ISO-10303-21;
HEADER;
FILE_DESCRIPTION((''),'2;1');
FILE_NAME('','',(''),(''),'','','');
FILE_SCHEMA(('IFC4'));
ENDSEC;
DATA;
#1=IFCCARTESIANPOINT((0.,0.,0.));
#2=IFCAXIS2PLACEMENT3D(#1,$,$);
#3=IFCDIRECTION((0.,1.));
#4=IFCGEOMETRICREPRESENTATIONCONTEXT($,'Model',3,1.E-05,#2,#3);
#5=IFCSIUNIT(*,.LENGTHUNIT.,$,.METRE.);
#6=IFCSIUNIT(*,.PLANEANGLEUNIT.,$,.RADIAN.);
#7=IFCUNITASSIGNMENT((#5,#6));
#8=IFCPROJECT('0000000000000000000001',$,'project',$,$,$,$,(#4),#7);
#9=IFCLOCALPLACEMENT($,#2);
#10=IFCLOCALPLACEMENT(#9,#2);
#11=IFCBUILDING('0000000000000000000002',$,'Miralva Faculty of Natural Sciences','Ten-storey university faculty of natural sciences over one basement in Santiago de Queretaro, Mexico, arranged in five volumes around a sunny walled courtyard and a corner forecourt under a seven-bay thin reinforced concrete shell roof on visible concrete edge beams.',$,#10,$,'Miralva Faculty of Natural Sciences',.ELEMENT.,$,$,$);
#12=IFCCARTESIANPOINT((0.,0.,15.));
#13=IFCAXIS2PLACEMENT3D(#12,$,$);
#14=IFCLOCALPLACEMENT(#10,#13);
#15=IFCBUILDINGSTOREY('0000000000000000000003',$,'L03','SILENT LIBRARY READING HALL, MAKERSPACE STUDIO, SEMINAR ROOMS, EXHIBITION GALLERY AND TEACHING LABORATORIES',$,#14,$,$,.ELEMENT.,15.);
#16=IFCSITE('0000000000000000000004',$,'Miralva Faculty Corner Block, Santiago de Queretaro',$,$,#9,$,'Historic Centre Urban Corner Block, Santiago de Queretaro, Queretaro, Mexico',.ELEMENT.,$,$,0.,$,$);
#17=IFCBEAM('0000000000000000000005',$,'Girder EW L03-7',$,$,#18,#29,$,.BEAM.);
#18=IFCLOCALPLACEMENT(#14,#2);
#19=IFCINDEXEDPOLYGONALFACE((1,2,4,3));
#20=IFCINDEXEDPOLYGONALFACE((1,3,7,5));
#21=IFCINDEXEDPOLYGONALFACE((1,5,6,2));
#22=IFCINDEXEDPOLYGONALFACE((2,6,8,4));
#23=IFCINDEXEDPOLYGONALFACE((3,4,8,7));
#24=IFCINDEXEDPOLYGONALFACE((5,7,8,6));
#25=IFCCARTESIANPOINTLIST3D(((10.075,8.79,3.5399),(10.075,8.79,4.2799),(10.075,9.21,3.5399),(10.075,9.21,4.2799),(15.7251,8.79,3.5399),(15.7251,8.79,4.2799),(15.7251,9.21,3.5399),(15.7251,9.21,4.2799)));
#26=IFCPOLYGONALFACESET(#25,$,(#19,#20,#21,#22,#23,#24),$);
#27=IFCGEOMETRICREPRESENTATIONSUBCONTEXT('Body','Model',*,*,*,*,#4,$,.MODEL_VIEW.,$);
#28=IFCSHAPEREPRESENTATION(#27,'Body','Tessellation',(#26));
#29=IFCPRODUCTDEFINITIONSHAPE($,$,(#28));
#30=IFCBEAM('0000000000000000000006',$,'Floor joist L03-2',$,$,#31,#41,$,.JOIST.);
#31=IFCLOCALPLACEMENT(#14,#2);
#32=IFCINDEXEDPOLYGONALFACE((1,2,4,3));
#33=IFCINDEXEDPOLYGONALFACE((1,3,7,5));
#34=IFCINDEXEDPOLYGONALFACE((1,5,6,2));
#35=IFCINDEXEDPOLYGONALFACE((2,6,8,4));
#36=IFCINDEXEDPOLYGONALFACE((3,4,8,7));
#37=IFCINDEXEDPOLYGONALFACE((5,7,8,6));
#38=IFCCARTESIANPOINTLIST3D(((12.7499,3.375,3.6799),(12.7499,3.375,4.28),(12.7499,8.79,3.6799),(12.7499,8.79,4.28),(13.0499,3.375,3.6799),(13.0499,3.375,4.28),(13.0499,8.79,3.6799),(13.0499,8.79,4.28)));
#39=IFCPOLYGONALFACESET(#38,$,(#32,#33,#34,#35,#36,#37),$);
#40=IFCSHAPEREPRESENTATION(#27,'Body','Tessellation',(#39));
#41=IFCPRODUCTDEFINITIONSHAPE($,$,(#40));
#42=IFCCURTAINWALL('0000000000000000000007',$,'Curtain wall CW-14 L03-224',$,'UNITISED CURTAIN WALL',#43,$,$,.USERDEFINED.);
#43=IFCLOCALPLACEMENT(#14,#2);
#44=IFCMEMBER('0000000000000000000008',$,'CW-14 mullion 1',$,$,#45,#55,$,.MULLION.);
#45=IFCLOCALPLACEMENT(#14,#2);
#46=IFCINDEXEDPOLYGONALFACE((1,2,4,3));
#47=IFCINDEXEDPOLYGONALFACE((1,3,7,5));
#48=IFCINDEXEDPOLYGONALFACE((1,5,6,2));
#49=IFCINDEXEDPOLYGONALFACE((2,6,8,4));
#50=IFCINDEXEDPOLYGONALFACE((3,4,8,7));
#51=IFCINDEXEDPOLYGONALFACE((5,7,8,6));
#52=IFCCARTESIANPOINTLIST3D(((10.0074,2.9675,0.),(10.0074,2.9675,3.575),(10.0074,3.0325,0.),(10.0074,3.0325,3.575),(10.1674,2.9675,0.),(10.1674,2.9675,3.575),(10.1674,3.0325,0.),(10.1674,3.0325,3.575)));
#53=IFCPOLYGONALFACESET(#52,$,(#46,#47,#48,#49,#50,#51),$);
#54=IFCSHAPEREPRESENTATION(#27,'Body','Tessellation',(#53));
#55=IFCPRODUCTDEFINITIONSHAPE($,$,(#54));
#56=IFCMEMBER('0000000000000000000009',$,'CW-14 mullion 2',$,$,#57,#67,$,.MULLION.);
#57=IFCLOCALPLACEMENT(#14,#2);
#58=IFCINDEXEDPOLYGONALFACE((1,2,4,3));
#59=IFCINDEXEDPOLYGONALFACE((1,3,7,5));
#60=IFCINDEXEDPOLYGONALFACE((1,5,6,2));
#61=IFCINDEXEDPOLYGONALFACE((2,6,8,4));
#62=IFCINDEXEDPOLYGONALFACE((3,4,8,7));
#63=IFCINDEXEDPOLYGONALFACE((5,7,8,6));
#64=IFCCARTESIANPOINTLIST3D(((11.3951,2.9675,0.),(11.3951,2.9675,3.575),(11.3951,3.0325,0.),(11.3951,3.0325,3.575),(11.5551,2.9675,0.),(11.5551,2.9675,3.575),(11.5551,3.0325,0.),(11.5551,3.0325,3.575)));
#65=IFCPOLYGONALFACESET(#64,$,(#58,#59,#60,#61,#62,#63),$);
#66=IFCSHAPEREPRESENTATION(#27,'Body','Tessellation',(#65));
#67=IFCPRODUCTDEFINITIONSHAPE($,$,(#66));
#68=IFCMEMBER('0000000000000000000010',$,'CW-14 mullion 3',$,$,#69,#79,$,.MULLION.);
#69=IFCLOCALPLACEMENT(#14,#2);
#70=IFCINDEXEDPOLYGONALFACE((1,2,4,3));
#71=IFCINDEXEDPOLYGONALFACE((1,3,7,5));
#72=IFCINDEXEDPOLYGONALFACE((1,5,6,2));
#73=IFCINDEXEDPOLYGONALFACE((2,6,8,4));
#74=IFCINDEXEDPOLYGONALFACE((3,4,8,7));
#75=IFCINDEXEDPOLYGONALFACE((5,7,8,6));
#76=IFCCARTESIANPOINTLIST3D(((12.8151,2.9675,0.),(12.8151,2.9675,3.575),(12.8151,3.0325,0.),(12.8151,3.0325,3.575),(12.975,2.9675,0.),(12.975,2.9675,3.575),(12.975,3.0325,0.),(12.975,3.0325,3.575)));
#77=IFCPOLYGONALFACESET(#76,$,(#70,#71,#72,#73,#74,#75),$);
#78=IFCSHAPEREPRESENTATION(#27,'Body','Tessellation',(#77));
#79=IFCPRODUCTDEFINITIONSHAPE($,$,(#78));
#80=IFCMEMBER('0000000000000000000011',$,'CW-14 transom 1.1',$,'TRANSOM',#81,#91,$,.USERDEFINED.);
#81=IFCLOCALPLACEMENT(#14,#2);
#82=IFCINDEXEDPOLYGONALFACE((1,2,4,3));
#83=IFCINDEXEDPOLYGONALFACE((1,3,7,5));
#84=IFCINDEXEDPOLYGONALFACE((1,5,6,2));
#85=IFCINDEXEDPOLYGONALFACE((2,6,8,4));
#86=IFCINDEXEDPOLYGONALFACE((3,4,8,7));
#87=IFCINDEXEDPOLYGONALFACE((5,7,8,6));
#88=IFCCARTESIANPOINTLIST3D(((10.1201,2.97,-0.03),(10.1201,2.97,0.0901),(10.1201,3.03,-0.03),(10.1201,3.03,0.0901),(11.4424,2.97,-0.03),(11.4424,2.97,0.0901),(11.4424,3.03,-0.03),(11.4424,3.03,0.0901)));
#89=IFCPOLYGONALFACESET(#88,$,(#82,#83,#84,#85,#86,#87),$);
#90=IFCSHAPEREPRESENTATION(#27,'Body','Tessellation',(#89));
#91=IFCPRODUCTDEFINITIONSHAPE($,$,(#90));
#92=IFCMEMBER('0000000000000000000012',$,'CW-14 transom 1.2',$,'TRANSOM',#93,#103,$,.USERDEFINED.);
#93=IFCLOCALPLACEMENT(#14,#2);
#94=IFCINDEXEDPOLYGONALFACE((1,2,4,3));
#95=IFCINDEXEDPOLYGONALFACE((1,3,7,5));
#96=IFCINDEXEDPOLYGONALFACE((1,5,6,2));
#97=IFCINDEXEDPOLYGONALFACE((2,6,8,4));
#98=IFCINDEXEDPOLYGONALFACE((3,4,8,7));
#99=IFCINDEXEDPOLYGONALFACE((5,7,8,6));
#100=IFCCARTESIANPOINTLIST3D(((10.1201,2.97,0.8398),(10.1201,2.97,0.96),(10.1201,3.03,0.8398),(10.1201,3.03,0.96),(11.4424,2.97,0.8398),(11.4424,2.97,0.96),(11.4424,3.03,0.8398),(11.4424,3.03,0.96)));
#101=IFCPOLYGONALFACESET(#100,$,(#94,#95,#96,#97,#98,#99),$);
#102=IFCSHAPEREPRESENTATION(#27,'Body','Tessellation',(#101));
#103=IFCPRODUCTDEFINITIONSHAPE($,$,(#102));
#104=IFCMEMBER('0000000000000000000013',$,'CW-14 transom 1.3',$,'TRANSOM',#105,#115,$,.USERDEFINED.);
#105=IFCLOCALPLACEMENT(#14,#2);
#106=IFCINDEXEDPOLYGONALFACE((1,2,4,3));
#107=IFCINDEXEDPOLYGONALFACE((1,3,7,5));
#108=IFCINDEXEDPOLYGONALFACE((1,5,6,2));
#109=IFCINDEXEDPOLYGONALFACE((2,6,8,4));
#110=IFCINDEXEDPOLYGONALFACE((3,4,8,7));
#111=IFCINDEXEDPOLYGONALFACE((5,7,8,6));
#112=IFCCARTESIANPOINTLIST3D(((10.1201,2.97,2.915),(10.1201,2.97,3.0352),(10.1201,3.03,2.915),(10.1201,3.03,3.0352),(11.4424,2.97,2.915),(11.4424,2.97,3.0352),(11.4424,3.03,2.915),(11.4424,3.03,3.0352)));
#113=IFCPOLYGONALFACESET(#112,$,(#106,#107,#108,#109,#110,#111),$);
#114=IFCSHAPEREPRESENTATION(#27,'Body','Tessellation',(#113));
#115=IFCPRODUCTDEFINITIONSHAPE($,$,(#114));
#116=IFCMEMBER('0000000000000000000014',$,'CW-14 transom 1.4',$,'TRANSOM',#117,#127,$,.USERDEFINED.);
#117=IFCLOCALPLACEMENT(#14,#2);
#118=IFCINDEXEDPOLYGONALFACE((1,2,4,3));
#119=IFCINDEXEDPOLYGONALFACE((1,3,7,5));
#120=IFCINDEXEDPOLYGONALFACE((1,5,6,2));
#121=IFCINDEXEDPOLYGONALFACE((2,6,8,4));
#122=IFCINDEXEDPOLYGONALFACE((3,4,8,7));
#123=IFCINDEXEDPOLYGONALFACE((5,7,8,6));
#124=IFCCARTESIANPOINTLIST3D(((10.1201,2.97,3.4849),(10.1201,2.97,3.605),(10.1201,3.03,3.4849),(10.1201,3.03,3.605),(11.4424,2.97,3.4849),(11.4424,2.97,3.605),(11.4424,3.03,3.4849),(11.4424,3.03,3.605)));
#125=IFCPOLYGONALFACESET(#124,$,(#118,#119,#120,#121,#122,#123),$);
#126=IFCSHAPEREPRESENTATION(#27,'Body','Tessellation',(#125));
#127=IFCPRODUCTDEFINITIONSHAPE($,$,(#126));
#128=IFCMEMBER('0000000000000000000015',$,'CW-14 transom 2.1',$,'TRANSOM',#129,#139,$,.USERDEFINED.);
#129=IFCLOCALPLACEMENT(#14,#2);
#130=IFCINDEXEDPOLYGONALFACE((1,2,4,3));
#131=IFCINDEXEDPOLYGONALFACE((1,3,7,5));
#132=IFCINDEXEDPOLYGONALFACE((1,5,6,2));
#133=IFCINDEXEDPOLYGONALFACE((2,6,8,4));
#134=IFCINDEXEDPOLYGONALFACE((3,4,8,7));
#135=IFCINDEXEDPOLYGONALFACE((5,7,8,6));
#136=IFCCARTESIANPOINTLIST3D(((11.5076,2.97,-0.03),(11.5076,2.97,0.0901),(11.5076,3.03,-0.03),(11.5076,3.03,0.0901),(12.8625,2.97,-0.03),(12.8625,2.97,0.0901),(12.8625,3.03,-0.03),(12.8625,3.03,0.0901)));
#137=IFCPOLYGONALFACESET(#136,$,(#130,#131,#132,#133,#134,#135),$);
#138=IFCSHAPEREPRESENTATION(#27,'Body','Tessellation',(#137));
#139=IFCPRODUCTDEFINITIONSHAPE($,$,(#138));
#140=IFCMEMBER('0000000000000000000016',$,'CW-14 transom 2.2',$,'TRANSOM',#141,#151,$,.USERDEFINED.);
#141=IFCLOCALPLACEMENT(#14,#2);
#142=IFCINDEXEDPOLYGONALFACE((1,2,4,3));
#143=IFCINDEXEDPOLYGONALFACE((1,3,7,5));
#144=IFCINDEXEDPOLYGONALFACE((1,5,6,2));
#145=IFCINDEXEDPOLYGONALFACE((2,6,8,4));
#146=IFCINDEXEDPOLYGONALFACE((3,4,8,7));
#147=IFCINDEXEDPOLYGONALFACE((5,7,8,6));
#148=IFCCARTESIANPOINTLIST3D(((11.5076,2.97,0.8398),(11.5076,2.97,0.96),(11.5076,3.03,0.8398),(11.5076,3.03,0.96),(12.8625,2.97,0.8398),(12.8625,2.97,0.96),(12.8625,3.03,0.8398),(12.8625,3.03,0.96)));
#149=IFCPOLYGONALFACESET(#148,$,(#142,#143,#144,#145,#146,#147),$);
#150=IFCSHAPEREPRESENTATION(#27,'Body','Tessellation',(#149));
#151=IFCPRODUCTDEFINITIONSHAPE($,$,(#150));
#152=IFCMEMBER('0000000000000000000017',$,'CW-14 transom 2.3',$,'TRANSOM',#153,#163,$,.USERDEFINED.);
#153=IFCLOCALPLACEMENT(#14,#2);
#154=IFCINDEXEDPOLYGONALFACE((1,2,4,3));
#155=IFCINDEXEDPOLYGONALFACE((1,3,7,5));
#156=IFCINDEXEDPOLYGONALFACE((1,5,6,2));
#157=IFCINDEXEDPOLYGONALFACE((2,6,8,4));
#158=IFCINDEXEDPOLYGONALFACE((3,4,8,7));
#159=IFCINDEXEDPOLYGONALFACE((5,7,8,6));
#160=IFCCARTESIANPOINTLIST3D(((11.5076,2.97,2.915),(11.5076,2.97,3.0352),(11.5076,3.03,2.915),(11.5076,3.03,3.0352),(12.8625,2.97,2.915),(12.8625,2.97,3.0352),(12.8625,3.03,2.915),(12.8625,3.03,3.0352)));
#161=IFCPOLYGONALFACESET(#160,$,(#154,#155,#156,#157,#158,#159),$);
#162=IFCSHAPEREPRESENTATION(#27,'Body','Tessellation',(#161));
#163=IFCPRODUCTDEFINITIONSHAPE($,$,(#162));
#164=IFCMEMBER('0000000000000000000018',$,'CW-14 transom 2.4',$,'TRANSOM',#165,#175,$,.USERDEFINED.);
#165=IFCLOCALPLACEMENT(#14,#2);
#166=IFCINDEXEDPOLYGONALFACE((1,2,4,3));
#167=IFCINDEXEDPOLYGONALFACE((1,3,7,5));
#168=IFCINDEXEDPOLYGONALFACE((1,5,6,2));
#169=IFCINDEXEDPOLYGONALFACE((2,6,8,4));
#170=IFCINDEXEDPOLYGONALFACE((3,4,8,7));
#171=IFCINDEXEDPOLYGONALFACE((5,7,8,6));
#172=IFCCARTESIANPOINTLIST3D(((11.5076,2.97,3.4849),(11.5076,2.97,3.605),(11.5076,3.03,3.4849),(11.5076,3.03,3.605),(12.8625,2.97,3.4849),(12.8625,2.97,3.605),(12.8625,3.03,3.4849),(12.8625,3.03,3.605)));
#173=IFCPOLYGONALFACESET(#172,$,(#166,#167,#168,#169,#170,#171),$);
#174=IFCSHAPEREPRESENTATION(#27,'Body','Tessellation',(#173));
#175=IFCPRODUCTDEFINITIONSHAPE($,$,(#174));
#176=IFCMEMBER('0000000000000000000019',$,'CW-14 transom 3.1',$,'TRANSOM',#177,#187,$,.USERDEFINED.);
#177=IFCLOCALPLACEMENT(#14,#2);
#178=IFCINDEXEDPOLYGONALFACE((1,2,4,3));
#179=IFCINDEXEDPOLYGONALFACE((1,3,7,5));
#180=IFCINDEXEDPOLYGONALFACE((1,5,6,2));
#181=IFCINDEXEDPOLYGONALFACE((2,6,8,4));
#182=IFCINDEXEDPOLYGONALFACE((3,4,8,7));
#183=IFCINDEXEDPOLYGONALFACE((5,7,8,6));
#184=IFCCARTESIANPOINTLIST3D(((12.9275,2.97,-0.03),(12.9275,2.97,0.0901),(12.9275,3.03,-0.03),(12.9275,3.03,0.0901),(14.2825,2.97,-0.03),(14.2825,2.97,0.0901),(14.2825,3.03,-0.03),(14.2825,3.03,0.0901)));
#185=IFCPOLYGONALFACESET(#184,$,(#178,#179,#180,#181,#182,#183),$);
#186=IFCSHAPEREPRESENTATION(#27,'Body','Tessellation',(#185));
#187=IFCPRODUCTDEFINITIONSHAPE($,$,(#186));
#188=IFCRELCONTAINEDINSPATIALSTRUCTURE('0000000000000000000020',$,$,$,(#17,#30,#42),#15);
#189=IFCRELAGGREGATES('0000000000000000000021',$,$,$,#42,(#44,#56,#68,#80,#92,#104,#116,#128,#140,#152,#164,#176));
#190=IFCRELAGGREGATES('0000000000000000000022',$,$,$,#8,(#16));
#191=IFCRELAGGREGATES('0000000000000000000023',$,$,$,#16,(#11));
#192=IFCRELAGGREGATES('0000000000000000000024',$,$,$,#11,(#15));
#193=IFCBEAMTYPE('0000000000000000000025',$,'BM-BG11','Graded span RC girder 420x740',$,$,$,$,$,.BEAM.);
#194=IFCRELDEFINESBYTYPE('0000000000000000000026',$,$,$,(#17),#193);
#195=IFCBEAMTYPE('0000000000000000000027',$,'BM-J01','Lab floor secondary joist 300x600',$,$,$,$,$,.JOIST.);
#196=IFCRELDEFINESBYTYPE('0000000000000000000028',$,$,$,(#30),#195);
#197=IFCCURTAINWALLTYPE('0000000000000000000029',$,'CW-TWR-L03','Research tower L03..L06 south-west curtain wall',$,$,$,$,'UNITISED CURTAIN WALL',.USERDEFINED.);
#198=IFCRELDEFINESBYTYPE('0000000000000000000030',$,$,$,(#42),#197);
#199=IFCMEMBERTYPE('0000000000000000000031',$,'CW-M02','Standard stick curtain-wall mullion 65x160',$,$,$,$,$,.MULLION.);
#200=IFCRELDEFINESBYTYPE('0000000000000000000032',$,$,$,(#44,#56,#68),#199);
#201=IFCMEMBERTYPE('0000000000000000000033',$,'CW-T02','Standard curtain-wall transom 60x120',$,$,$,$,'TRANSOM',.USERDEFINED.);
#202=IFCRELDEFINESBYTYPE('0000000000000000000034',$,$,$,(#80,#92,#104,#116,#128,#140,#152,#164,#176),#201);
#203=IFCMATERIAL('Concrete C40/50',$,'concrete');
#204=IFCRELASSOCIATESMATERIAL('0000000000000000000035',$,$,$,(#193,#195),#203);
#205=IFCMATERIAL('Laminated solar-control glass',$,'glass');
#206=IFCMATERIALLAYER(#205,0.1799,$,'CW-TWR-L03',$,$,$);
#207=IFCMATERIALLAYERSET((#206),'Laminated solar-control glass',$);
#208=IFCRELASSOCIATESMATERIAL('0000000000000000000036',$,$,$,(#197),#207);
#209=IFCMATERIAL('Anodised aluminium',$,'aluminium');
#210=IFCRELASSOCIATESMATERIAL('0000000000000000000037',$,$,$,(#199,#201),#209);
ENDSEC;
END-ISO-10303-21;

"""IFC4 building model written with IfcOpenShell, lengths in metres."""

from ifc_helpers import new_model, si_unit, direction, frame, origin, origin_2d, place, context, subcontext, project, spatial, rectangle, extrude, material, layer, layer_set, material_profile, profile_set, type_object, element, aggregate, save


model = new_model("IFC4")

# Units and contexts
model_context = context("Model", 3, precision=1e-05, world=origin(), true_north=direction((0.0, 1.0)))
body_context = subcontext(model_context, "Body", "Model", "MODEL_VIEW")
ifc_project = project(units=[si_unit("LENGTHUNIT", "METRE"), si_unit("PLANEANGLEUNIT", "RADIAN")], contexts=[model_context])

# Site, building, storey
site_placement = place(None, origin())
site = spatial("IfcSite", under=ifc_project, at=site_placement, Name="Miralva Faculty Corner Block, Santiago de Queretaro", LongName="Historic Centre Urban Corner Block, Santiago de Queretaro, Queretaro, Mexico", CompositionType="ELEMENT", RefElevation=0.0)
building_placement = place(site_placement, origin())
building = spatial("IfcBuilding", under=site, at=building_placement, Name="Miralva Faculty of Natural Sciences", Description="Ten-storey university faculty of natural sciences over one basement in Santiago de Queretaro, Mexico, arranged in five volumes around a sunny walled courtyard and a corner forecourt under a seven-bay thin reinforced concrete shell roof on visible concrete edge beams.", LongName="Miralva Faculty of Natural Sciences", CompositionType="ELEMENT")
storey_placement = place(building_placement, frame((0.0, 0.0, 15.0)))
storey = spatial("IfcBuildingStorey", under=building, at=storey_placement, Name="L03", Description="SILENT LIBRARY READING HALL, MAKERSPACE STUDIO, SEMINAR ROOMS, EXHIBITION GALLERY AND TEACHING LABORATORIES", CompositionType="ELEMENT", Elevation=15.0)

# Beams
ifc_material_1 = material(Name="Concrete C40/50", Category="concrete")
ifc_material_profile_1 = material_profile(ifc_material_1, rectangle(XDim=0.4199, YDim=0.74, at=origin_2d()), Name="RC 420x740")
ifc_profile_set_1 = profile_set([ifc_material_profile_1], Name="Concrete C40/50")
beam_type_1 = type_object("IfcBeamType", Name="BM-BG11", Description="Graded span RC girder 420x740", PredefinedType="BEAM", material=ifc_profile_set_1)
beam_1_placement = place(storey_placement, frame((10.075, 9.0, 3.9099), z_axis=(1.0, 0.0, 0.0), x_axis=(0.0, 1.0, 0.0)))
element("IfcBeam", 1, at=beam_1_placement, inside=storey, type_object=beam_type_1, Name="Girder EW L03-7", PredefinedType="BEAM", context=body_context, shape_type="SweptSolid", body=[
    extrude(rectangle(XDim=0.4199, YDim=0.74, at=origin_2d()), origin(), (0.0, 0.0, 1.0), 5.6501),
])
ifc_material_profile_2 = material_profile(ifc_material_1, rectangle(XDim=0.3, YDim=0.6001, at=origin_2d()), Name="RC 300x600")
ifc_profile_set_2 = profile_set([ifc_material_profile_2], Name="Concrete C40/50")
beam_type_2 = type_object("IfcBeamType", Name="BM-J01", Description="Lab floor secondary joist 300x600", PredefinedType="JOIST", material=ifc_profile_set_2)
beam_2_placement = place(storey_placement, frame((12.8999, 3.375, 3.98), z_axis=(0.0, 1.0, 0.0), x_axis=(-1.0, 0.0, 0.0)))
element("IfcBeam", 2, at=beam_2_placement, inside=storey, type_object=beam_type_2, Name="Floor joist L03-2", PredefinedType="JOIST", context=body_context, shape_type="SweptSolid", body=[
    extrude(rectangle(XDim=0.3, YDim=0.6001, at=origin_2d()), origin(), (0.0, 0.0, 1.0), 5.415),
])

# Curtain wall, members
ifc_material_2 = material(Name="Laminated solar-control glass", Category="glass")
ifc_layer_1 = layer(ifc_material_2, 0.1799, Name="CW-TWR-L03")
ifc_layer_set_1 = layer_set([ifc_layer_1], Name="Laminated solar-control glass")
curtain_wall_type = type_object("IfcCurtainWallType", Name="CW-TWR-L03", Description="Research tower L03..L06 south-west curtain wall", ElementType="UNITISED CURTAIN WALL", PredefinedType="USERDEFINED", material=ifc_layer_set_1)
curtain_wall_placement = place(storey_placement, origin())
curtain_wall = element("IfcCurtainWall", 3, at=curtain_wall_placement, inside=storey, type_object=curtain_wall_type, Name="Curtain wall CW-14 L03-224", ObjectType="UNITISED CURTAIN WALL", PredefinedType="USERDEFINED")
ifc_material_3 = material(Name="Anodised aluminium", Category="aluminium")
ifc_material_profile_3 = material_profile(ifc_material_3, rectangle(XDim=0.0649, YDim=0.1599, at=origin_2d()), Name="MULLION 65x160")
ifc_profile_set_3 = profile_set([ifc_material_profile_3], Name="Anodised aluminium")
member_type_1 = type_object("IfcMemberType", Name="CW-M02", Description="Standard stick curtain-wall mullion 65x160", PredefinedType="MULLION", material=ifc_profile_set_3)
member_1_placement = place(storey_placement, frame((10.0874, 3.0, 0.0), z_axis=(0.0, 0.0, 1.0), x_axis=(0.0, 1.0, 0.0)))
member_1 = element("IfcMember", 4, at=member_1_placement, type_object=member_type_1, Name="CW-14 mullion 1", PredefinedType="MULLION", context=body_context, shape_type="SweptSolid", body=[
    extrude(rectangle(XDim=0.0649, YDim=0.1599, at=origin_2d()), origin(), (0.0, 0.0, 1.0), 3.575),
])
member_2_placement = place(storey_placement, frame((11.4751, 3.0, 0.0), z_axis=(0.0, 0.0, 1.0), x_axis=(0.0, 1.0, 0.0)))
member_2 = element("IfcMember", 5, at=member_2_placement, type_object=member_type_1, Name="CW-14 mullion 2", PredefinedType="MULLION", context=body_context, shape_type="SweptSolid", body=[
    extrude(rectangle(XDim=0.0649, YDim=0.1599, at=origin_2d()), origin(), (0.0, 0.0, 1.0), 3.575),
])
member_3_placement = place(storey_placement, frame((12.895, 3.0, 0.0), z_axis=(0.0, 0.0, 1.0), x_axis=(0.0, 1.0, 0.0)))
member_3 = element("IfcMember", 6, at=member_3_placement, type_object=member_type_1, Name="CW-14 mullion 3", PredefinedType="MULLION", context=body_context, shape_type="SweptSolid", body=[
    extrude(rectangle(XDim=0.0649, YDim=0.1599, at=origin_2d()), origin(), (0.0, 0.0, 1.0), 3.575),
])
ifc_material_profile_4 = material_profile(ifc_material_3, rectangle(XDim=0.0601, YDim=0.1201, at=origin_2d()), Name="TRANSOM 60x120")
ifc_profile_set_4 = profile_set([ifc_material_profile_4], Name="Anodised aluminium")
member_type_2 = type_object("IfcMemberType", Name="CW-T02", Description="Standard curtain-wall transom 60x120", ElementType="TRANSOM", PredefinedType="USERDEFINED", material=ifc_profile_set_4)
member_4_placement = place(storey_placement, frame((10.1201, 3.0, 0.03), z_axis=(1.0, 0.0, 0.0), x_axis=(0.0, 1.0, 0.0)))
member_4 = element("IfcMember", 7, at=member_4_placement, type_object=member_type_2, Name="CW-14 transom 1.1", ObjectType="TRANSOM", PredefinedType="USERDEFINED", context=body_context, shape_type="SweptSolid", body=[
    extrude(rectangle(XDim=0.0601, YDim=0.1201, at=origin_2d()), origin(), (0.0, 0.0, 1.0), 1.3223),
])
member_5_placement = place(storey_placement, frame((10.1201, 3.0, 0.8999), z_axis=(1.0, 0.0, 0.0), x_axis=(0.0, 1.0, 0.0)))
member_5 = element("IfcMember", 8, at=member_5_placement, type_object=member_type_2, Name="CW-14 transom 1.2", ObjectType="TRANSOM", PredefinedType="USERDEFINED", context=body_context, shape_type="SweptSolid", body=[
    extrude(rectangle(XDim=0.0601, YDim=0.1201, at=origin_2d()), origin(), (0.0, 0.0, 1.0), 1.3223),
])
member_6_placement = place(storey_placement, frame((10.1201, 3.0, 2.9751), z_axis=(1.0, 0.0, 0.0), x_axis=(0.0, 1.0, 0.0)))
member_6 = element("IfcMember", 9, at=member_6_placement, type_object=member_type_2, Name="CW-14 transom 1.3", ObjectType="TRANSOM", PredefinedType="USERDEFINED", context=body_context, shape_type="SweptSolid", body=[
    extrude(rectangle(XDim=0.0601, YDim=0.1201, at=origin_2d()), origin(), (0.0, 0.0, 1.0), 1.3223),
])
member_7_placement = place(storey_placement, frame((10.1201, 3.0, 3.5449), z_axis=(1.0, 0.0, 0.0), x_axis=(0.0, 1.0, 0.0)))
member_7 = element("IfcMember", 10, at=member_7_placement, type_object=member_type_2, Name="CW-14 transom 1.4", ObjectType="TRANSOM", PredefinedType="USERDEFINED", context=body_context, shape_type="SweptSolid", body=[
    extrude(rectangle(XDim=0.0601, YDim=0.1201, at=origin_2d()), origin(), (0.0, 0.0, 1.0), 1.3223),
])
member_8_placement = place(storey_placement, frame((11.5076, 3.0, 0.03), z_axis=(1.0, 0.0, 0.0), x_axis=(0.0, 1.0, 0.0)))
member_8 = element("IfcMember", 11, at=member_8_placement, type_object=member_type_2, Name="CW-14 transom 2.1", ObjectType="TRANSOM", PredefinedType="USERDEFINED", context=body_context, shape_type="SweptSolid", body=[
    extrude(rectangle(XDim=0.0601, YDim=0.1201, at=origin_2d()), origin(), (0.0, 0.0, 1.0), 1.355),
])
member_9_placement = place(storey_placement, frame((11.5076, 3.0, 0.8999), z_axis=(1.0, 0.0, 0.0), x_axis=(0.0, 1.0, 0.0)))
member_9 = element("IfcMember", 12, at=member_9_placement, type_object=member_type_2, Name="CW-14 transom 2.2", ObjectType="TRANSOM", PredefinedType="USERDEFINED", context=body_context, shape_type="SweptSolid", body=[
    extrude(rectangle(XDim=0.0601, YDim=0.1201, at=origin_2d()), origin(), (0.0, 0.0, 1.0), 1.355),
])
member_10_placement = place(storey_placement, frame((11.5076, 3.0, 2.9751), z_axis=(1.0, 0.0, 0.0), x_axis=(0.0, 1.0, 0.0)))
member_10 = element("IfcMember", 13, at=member_10_placement, type_object=member_type_2, Name="CW-14 transom 2.3", ObjectType="TRANSOM", PredefinedType="USERDEFINED", context=body_context, shape_type="SweptSolid", body=[
    extrude(rectangle(XDim=0.0601, YDim=0.1201, at=origin_2d()), origin(), (0.0, 0.0, 1.0), 1.355),
])
member_11_placement = place(storey_placement, frame((11.5076, 3.0, 3.5449), z_axis=(1.0, 0.0, 0.0), x_axis=(0.0, 1.0, 0.0)))
member_11 = element("IfcMember", 14, at=member_11_placement, type_object=member_type_2, Name="CW-14 transom 2.4", ObjectType="TRANSOM", PredefinedType="USERDEFINED", context=body_context, shape_type="SweptSolid", body=[
    extrude(rectangle(XDim=0.0601, YDim=0.1201, at=origin_2d()), origin(), (0.0, 0.0, 1.0), 1.355),
])
member_12_placement = place(storey_placement, frame((12.9275, 3.0, 0.03), z_axis=(1.0, 0.0, 0.0), x_axis=(0.0, 1.0, 0.0)))
member_12 = element("IfcMember", 15, at=member_12_placement, type_object=member_type_2, Name="CW-14 transom 3.1", ObjectType="TRANSOM", PredefinedType="USERDEFINED", context=body_context, shape_type="SweptSolid", body=[
    extrude(rectangle(XDim=0.0601, YDim=0.1201, at=origin_2d()), origin(), (0.0, 0.0, 1.0), 1.355),
])

aggregate(curtain_wall, [member_1, member_2, member_3, member_4, member_5, member_6, member_7, member_8, member_9, member_10, member_11, member_12])

save(model, "model.ifc")
